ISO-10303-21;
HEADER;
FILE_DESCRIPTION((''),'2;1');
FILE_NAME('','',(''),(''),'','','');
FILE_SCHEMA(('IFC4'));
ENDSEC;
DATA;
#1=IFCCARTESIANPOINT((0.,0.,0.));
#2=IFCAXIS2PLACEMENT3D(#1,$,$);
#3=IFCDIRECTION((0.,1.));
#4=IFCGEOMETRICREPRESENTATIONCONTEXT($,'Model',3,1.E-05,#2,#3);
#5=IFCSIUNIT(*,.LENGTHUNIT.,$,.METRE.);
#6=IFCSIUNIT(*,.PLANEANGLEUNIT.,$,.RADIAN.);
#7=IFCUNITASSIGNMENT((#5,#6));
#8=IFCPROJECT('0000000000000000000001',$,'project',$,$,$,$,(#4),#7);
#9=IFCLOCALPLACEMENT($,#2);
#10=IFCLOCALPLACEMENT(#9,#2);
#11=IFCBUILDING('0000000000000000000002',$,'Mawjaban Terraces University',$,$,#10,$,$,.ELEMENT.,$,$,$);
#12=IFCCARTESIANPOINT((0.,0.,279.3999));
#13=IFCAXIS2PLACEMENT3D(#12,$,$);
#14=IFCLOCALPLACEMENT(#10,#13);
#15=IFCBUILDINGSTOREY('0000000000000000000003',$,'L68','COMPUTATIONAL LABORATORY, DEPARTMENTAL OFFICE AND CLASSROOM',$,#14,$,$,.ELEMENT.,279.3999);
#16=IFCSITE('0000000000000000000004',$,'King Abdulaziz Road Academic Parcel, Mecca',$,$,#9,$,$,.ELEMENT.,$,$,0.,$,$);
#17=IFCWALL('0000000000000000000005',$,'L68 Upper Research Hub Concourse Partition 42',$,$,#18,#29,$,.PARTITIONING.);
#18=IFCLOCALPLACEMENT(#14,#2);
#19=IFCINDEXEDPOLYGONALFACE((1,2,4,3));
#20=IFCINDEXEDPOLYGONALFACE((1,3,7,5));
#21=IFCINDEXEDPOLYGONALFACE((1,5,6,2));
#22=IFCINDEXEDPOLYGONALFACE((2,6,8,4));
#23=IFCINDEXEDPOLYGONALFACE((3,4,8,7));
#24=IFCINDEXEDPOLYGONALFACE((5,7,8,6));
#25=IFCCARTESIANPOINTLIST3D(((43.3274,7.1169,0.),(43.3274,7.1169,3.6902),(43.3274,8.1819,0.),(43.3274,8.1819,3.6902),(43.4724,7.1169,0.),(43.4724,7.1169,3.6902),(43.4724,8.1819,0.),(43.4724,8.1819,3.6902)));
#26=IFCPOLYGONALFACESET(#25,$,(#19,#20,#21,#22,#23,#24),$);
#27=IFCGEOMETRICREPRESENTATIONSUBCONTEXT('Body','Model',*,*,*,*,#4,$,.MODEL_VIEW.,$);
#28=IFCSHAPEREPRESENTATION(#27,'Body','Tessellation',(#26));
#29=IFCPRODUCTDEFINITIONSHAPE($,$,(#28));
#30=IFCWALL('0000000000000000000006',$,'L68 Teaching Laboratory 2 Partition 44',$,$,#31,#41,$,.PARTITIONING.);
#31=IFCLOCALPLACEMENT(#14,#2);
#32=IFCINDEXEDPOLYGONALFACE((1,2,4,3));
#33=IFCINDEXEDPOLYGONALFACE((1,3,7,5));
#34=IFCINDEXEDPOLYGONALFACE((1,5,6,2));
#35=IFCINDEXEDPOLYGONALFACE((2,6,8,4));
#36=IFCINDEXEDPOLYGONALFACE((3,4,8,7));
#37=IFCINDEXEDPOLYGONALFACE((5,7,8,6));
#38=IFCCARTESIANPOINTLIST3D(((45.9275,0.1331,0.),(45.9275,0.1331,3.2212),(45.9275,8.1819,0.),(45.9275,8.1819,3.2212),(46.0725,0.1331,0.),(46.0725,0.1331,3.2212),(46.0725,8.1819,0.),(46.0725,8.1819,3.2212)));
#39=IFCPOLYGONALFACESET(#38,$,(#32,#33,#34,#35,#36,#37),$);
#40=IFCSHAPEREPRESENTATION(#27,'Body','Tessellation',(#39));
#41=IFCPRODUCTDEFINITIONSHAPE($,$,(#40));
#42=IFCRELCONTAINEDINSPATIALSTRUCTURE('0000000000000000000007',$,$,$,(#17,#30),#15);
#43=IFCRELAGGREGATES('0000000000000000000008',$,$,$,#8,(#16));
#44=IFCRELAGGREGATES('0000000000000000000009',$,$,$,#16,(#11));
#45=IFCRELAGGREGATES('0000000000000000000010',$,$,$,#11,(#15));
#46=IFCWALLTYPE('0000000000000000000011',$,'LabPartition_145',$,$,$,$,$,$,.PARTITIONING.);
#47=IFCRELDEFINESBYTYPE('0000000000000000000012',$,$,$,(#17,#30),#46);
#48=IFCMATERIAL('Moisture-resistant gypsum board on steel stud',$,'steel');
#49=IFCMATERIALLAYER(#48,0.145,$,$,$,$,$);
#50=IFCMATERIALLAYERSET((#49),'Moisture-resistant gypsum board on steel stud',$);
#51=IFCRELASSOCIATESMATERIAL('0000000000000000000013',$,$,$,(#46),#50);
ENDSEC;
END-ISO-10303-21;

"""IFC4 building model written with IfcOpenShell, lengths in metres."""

from ifc_helpers import new_model, si_unit, direction, frame, frame_2d, origin, place, context, subcontext, project, spatial, rectangle, extrude, material, layer, layer_set, type_object, element, save


model = new_model("IFC4")

# Units and contexts
model_context = context("Model", 3, precision=1e-05, world=origin(), true_north=direction((0.0, 1.0)))
body_context = subcontext(model_context, "Body", "Model", "MODEL_VIEW")
ifc_project = project(units=[si_unit("LENGTHUNIT", "METRE"), si_unit("PLANEANGLEUNIT", "RADIAN")], contexts=[model_context])

# Site, building, storey
site_placement = place(None, origin())
site = spatial("IfcSite", under=ifc_project, at=site_placement, Name="King Abdulaziz Road Academic Parcel, Mecca", CompositionType="ELEMENT", RefElevation=0.0)
building_placement = place(site_placement, origin())
building = spatial("IfcBuilding", under=site, at=building_placement, Name="Mawjaban Terraces University", CompositionType="ELEMENT")
storey_placement = place(building_placement, frame((0.0, 0.0, 279.3999)))
storey = spatial("IfcBuildingStorey", under=building, at=storey_placement, Name="L68", Description="COMPUTATIONAL LABORATORY, DEPARTMENTAL OFFICE AND CLASSROOM", CompositionType="ELEMENT", Elevation=279.3999)

# Shared definitions
ifc_material_1 = material(Name="Moisture-resistant gypsum board on steel stud", Category="steel")
ifc_layer_1 = layer(ifc_material_1, 0.145)
ifc_layer_set_1 = layer_set([ifc_layer_1], Name="Moisture-resistant gypsum board on steel stud")
wall_type_1 = type_object("IfcWallType", Name="LabPartition_145", PredefinedType="PARTITIONING", material=ifc_layer_set_1)

# Walls
wall_1_placement = place(storey_placement, frame((43.3999, 7.1169, 0.0), z_axis=(0.0, 0.0, 1.0), x_axis=(0.0, 1.0, 0.0)))
element("IfcWall", 1, at=wall_1_placement, inside=storey, type_object=wall_type_1, Name="L68 Upper Research Hub Concourse Partition 42", PredefinedType="PARTITIONING", context=body_context, shape_type="SweptSolid", body=[
    extrude(rectangle(XDim=1.0649, YDim=0.145, at=frame_2d((0.5325, 0.0))), origin(), (0.0, 0.0, 1.0), 3.6902),
])
wall_2_placement = place(storey_placement, frame((46.0, 0.1331, 0.0), z_axis=(0.0, 0.0, 1.0), x_axis=(0.0, 1.0, 0.0)))
element("IfcWall", 2, at=wall_2_placement, inside=storey, type_object=wall_type_1, Name="L68 Teaching Laboratory 2 Partition 44", PredefinedType="PARTITIONING", context=body_context, shape_type="SweptSolid", body=[
    extrude(rectangle(XDim=8.0488, YDim=0.145, at=frame_2d((4.0244, 0.0))), origin(), (0.0, 0.0, 1.0), 3.2212),
])

save(model, "model.ifc")
